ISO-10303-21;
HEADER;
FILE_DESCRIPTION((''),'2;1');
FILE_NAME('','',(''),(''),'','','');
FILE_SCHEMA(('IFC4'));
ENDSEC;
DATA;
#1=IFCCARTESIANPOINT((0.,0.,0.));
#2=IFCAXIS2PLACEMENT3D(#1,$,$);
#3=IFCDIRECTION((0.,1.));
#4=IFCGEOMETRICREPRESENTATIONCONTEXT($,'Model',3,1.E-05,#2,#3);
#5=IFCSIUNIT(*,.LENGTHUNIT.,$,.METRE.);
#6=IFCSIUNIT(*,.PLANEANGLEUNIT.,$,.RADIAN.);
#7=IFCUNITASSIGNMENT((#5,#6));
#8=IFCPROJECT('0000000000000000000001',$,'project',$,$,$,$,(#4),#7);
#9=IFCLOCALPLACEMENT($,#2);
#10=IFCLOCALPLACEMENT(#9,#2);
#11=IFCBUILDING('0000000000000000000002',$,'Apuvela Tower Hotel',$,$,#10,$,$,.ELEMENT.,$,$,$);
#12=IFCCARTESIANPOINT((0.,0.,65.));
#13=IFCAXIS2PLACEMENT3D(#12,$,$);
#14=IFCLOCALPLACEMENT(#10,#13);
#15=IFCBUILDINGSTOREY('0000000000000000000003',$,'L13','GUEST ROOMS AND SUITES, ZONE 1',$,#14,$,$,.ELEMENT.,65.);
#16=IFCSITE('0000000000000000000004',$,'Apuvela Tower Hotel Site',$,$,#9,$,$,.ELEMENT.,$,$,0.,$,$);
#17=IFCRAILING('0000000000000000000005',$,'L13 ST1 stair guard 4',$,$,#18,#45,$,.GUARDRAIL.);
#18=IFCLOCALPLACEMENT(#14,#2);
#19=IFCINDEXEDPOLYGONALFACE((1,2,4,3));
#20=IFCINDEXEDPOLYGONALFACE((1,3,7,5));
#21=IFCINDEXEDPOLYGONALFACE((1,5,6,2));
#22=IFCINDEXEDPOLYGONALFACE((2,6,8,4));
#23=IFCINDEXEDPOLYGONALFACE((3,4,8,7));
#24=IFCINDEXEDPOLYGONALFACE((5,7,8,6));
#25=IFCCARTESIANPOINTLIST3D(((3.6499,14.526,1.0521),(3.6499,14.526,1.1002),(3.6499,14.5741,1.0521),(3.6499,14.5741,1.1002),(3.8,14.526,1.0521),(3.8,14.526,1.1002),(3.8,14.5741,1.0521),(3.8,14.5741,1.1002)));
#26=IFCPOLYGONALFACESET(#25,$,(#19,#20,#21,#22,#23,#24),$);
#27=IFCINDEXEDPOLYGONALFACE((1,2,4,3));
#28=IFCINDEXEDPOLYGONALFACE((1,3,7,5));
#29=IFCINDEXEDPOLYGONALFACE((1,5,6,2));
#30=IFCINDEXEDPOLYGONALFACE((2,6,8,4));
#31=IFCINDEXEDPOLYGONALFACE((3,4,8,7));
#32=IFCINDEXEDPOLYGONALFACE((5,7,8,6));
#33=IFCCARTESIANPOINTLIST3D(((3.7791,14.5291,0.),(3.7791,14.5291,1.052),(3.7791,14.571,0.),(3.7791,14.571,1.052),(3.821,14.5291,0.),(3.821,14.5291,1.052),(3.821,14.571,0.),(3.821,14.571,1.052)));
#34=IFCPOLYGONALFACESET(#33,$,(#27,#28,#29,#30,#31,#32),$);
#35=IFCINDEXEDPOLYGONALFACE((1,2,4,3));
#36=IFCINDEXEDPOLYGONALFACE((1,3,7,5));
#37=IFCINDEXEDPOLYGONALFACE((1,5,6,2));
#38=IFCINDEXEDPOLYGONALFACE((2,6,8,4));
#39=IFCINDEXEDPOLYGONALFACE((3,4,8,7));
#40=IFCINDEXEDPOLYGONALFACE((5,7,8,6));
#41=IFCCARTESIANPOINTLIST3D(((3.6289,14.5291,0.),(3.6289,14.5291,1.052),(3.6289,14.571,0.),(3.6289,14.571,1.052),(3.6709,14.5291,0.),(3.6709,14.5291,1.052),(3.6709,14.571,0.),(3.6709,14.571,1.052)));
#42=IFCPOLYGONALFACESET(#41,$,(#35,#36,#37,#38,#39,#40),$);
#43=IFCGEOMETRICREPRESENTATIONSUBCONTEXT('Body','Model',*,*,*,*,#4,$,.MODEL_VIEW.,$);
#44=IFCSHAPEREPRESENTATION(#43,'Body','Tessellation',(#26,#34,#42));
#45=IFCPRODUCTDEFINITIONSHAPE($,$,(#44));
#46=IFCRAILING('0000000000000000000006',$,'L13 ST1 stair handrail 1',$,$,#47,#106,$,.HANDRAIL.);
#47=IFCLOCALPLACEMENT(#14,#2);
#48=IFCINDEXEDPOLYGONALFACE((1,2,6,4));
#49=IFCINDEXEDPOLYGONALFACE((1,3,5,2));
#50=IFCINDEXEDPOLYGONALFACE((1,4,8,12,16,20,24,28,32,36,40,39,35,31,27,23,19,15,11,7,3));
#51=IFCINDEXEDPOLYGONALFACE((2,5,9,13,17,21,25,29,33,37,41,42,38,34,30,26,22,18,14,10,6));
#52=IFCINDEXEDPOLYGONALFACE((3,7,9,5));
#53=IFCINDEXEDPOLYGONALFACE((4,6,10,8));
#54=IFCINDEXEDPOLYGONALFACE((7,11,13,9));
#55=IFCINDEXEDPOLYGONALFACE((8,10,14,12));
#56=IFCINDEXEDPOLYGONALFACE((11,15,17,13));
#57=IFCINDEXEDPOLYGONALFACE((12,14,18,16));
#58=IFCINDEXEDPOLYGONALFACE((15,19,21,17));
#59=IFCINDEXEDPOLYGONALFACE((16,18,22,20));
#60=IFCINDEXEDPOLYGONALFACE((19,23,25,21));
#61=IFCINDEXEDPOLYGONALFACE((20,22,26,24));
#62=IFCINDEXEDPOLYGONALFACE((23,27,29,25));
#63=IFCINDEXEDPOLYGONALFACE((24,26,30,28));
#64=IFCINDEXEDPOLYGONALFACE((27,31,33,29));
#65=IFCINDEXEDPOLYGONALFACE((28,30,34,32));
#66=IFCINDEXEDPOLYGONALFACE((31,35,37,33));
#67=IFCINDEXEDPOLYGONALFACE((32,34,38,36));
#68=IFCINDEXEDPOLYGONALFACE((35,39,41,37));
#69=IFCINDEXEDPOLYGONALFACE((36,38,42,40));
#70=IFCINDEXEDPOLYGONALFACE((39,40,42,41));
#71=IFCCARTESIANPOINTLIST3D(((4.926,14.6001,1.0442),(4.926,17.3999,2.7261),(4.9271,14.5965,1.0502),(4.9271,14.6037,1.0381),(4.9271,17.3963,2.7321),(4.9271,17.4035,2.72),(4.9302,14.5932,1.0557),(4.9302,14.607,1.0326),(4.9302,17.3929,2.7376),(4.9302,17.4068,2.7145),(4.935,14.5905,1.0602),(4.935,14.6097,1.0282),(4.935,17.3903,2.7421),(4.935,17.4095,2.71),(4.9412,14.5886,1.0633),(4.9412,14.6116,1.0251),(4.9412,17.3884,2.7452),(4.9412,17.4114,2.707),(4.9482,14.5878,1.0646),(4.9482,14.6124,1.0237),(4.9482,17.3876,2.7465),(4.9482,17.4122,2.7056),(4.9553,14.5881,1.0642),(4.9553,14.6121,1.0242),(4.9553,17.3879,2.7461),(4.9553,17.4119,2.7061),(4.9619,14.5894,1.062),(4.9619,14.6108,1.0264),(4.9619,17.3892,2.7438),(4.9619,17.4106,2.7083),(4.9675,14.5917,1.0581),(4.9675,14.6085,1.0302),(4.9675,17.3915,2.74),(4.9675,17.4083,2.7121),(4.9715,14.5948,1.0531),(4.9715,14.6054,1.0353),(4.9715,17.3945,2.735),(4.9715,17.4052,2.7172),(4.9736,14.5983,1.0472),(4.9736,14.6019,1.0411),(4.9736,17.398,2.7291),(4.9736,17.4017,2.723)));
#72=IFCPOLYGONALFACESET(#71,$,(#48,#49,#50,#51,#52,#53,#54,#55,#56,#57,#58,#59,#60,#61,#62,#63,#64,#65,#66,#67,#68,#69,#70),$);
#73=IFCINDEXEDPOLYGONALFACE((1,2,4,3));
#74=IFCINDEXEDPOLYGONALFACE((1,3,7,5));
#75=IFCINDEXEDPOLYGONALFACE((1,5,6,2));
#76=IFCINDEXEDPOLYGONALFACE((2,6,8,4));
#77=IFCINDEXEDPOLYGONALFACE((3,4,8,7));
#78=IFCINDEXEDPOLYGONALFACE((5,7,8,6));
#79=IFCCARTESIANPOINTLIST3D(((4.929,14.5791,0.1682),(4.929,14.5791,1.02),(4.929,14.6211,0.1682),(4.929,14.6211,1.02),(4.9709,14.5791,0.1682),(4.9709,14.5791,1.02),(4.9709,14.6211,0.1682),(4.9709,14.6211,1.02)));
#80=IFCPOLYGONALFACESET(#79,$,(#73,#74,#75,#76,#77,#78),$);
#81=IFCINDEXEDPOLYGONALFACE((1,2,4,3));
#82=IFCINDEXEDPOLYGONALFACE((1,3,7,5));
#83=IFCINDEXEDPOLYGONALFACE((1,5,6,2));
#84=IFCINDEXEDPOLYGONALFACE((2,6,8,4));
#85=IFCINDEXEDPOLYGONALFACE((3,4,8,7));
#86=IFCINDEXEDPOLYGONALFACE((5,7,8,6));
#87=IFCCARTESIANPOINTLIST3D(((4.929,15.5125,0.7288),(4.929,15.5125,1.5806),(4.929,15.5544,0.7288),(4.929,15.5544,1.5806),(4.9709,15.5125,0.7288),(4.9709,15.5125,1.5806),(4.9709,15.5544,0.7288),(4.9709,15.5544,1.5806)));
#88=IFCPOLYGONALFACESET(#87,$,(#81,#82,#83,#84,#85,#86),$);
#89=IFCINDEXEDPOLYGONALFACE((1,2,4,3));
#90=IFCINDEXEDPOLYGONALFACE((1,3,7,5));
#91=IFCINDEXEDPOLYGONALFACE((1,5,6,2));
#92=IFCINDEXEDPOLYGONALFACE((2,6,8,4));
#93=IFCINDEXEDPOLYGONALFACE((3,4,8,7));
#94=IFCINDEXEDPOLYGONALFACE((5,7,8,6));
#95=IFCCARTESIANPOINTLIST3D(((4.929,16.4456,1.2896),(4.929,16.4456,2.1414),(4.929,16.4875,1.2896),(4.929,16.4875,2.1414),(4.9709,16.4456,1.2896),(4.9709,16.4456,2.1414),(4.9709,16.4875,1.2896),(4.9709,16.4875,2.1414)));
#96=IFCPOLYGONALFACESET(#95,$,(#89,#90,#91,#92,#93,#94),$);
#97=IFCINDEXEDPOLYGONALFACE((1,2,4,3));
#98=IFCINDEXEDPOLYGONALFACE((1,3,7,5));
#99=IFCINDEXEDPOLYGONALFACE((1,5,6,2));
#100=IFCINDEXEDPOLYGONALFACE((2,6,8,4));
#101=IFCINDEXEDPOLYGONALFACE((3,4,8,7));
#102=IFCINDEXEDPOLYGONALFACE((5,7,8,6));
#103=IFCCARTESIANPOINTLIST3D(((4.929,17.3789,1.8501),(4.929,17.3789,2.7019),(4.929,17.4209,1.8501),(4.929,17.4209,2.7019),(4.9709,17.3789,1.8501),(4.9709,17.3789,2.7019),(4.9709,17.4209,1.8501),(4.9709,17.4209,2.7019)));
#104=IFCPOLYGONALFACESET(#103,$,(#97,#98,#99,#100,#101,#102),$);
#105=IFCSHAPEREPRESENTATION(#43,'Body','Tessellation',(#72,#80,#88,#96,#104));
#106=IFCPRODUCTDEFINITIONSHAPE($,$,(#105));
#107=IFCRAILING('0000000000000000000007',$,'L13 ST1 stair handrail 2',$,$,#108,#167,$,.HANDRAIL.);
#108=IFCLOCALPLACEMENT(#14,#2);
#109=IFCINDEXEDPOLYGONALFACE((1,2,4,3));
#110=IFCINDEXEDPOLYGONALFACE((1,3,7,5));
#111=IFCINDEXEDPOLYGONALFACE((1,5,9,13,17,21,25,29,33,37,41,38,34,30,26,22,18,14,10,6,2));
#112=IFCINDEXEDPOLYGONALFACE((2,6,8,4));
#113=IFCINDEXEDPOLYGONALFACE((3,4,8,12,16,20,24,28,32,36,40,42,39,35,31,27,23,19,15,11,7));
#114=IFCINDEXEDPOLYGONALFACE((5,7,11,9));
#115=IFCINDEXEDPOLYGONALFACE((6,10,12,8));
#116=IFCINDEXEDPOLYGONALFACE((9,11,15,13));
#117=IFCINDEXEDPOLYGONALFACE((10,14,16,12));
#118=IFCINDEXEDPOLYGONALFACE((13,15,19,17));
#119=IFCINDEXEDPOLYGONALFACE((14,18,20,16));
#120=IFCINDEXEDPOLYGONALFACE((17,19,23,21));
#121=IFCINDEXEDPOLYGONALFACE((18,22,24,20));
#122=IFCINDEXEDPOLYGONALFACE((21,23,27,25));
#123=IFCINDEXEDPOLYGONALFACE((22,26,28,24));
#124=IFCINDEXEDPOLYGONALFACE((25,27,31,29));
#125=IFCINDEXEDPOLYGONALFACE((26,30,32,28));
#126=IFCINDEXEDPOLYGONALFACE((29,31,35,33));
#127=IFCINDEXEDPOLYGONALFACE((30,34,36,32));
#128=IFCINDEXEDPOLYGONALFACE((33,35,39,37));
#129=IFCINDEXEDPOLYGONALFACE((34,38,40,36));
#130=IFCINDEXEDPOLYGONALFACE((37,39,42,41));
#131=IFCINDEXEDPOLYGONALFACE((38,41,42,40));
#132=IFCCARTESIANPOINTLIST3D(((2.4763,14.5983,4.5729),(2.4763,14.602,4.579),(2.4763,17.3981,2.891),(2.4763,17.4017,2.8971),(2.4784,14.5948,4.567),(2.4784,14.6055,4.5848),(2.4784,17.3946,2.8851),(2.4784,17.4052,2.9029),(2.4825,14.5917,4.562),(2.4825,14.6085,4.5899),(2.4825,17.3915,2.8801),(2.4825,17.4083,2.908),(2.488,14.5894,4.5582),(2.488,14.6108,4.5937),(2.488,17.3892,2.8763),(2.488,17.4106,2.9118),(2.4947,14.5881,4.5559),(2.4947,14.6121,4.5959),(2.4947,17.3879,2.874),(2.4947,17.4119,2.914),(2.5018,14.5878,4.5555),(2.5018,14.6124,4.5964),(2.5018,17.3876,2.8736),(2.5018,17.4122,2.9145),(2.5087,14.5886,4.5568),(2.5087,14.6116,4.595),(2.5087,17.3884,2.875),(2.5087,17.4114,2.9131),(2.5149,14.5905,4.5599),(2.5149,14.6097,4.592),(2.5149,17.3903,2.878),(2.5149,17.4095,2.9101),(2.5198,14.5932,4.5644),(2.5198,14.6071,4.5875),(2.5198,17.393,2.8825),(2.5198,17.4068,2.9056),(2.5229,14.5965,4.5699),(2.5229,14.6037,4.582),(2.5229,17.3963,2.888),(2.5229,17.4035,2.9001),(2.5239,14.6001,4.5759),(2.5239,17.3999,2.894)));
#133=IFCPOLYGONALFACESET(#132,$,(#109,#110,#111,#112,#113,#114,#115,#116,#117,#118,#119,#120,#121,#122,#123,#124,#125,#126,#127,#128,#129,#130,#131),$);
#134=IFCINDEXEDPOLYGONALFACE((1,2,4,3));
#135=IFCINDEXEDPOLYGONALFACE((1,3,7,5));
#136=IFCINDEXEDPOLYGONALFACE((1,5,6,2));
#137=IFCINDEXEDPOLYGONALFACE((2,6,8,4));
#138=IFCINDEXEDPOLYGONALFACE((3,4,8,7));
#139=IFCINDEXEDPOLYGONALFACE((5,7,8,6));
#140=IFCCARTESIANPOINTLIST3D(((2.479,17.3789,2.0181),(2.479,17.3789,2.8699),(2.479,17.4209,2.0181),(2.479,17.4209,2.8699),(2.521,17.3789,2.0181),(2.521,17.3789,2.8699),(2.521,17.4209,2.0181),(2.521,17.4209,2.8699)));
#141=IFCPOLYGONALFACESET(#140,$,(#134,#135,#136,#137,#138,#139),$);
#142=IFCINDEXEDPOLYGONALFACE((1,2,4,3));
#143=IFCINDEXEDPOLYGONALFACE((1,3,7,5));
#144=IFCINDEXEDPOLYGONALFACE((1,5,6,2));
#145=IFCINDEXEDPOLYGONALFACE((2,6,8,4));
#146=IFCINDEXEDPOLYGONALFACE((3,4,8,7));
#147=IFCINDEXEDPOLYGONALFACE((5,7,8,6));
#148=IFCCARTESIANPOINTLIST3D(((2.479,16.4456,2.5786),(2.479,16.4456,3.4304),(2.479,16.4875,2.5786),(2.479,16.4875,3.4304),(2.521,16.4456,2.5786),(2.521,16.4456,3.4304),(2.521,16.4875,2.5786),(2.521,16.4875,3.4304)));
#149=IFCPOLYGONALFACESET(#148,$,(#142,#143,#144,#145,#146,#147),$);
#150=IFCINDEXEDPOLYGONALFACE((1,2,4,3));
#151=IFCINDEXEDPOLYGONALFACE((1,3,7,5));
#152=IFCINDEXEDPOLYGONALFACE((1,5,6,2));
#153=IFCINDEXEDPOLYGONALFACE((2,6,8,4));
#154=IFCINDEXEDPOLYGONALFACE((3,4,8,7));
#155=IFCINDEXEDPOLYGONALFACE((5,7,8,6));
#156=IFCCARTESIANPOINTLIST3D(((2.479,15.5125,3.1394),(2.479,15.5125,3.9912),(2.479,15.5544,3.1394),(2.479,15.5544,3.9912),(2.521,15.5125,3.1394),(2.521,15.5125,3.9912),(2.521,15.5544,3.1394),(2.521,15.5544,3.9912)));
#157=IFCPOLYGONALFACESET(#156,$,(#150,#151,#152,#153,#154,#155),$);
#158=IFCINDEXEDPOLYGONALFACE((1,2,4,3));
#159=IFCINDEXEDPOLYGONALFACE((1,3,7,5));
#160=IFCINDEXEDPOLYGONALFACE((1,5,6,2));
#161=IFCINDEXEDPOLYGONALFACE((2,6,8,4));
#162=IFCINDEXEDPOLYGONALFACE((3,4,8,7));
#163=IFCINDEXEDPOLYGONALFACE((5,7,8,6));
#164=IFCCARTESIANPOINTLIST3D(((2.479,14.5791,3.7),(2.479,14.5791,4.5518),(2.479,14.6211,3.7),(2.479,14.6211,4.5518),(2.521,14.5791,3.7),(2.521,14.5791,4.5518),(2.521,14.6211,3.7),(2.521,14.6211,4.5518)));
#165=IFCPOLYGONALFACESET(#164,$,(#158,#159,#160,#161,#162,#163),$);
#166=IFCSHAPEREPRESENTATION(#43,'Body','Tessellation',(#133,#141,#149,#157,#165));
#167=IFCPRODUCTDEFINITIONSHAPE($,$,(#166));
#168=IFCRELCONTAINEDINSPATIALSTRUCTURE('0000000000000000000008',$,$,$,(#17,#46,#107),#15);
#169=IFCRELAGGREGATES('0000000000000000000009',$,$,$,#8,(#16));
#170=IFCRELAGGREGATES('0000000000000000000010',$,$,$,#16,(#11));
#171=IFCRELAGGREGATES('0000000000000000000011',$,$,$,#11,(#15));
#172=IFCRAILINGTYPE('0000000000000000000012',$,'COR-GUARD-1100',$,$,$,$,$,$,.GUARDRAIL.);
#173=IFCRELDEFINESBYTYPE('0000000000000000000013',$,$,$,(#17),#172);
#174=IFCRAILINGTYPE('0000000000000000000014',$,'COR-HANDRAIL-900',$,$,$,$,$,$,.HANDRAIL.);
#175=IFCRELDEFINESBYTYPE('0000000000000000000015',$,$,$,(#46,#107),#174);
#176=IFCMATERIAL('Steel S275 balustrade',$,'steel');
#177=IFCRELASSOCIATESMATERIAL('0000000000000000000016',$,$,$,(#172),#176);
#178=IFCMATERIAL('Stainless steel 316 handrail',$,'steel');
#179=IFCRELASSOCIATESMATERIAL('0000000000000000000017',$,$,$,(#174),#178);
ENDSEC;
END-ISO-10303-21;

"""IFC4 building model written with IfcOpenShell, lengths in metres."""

from ifc_helpers import new_model, si_unit, direction, frame, origin, origin_2d, place, context, subcontext, project, spatial, rectangle, circle, extrude, material, type_object, element, save


model = new_model("IFC4")

# Units and contexts
model_context = context("Model", 3, precision=1e-05, world=origin(), true_north=direction((0.0, 1.0)))
body_context = subcontext(model_context, "Body", "Model", "MODEL_VIEW")
ifc_project = project(units=[si_unit("LENGTHUNIT", "METRE"), si_unit("PLANEANGLEUNIT", "RADIAN")], contexts=[model_context])

# Site, building, storey
site_placement = place(None, origin())
site = spatial("IfcSite", under=ifc_project, at=site_placement, Name="Apuvela Tower Hotel Site", CompositionType="ELEMENT", RefElevation=0.0)
building_placement = place(site_placement, origin())
building = spatial("IfcBuilding", under=site, at=building_placement, Name="Apuvela Tower Hotel", CompositionType="ELEMENT")
storey_placement = place(building_placement, frame((0.0, 0.0, 65.0)))
storey = spatial("IfcBuildingStorey", under=building, at=storey_placement, Name="L13", Description="GUEST ROOMS AND SUITES, ZONE 1", CompositionType="ELEMENT", Elevation=65.0)

# Railings
ifc_material_1 = material(Name="Steel S275 balustrade", Category="steel")
railing_type_1 = type_object("IfcRailingType", Name="COR-GUARD-1100", PredefinedType="GUARDRAIL", material=ifc_material_1)
railing_1_placement = place(storey_placement, frame((3.8, 14.55, 0.0)))
element("IfcRailing", 1, at=railing_1_placement, inside=storey, type_object=railing_type_1, Name="L13 ST1 stair guard 4", PredefinedType="GUARDRAIL", context=body_context, shape_type="SweptSolid", body=[
    extrude(rectangle(XDim=0.0481, YDim=0.0481, at=origin_2d()), frame((0.0, 0.0, 1.0762), z_axis=(-1.0, 0.0, 0.0), x_axis=(0.0, -1.0, 0.0)), (0.0, 0.0, 1.0), 0.1501),
    extrude(rectangle(XDim=0.042, YDim=0.042, at=origin_2d()), origin(), (0.0, 0.0, 1.0), 1.052),
    extrude(rectangle(XDim=0.042, YDim=0.042, at=origin_2d()), frame((-0.1501, 0.0, 0.0)), (0.0, 0.0, 1.0), 1.052),
])
ifc_material_2 = material(Name="Stainless steel 316 handrail", Category="steel")
railing_type_2 = type_object("IfcRailingType", Name="COR-HANDRAIL-900", PredefinedType="HANDRAIL", material=ifc_material_2)
railing_2_placement = place(storey_placement, frame((4.95, 14.6001, 0.1682)))
element("IfcRailing", 2, at=railing_2_placement, inside=storey, type_object=railing_type_2, Name="L13 ST1 stair handrail 1", PredefinedType="HANDRAIL", context=body_context, shape_type="SweptSolid", body=[
    extrude(circle(Radius=0.0239, at=origin_2d()), frame((0.0, 0.0, 0.876), z_axis=(0.0, 0.857222, 0.514946), x_axis=(-1.0, 0.0, 0.0)), (0.0, 0.0, 1.0), 3.2661),
    extrude(rectangle(XDim=0.042, YDim=0.042, at=origin_2d()), origin(), (0.0, 0.0, 1.0), 0.8518),
    extrude(rectangle(XDim=0.042, YDim=0.042, at=origin_2d()), frame((0.0, 0.9333, 0.5605)), (0.0, 0.0, 1.0), 0.8518),
    extrude(rectangle(XDim=0.042, YDim=0.042, at=origin_2d()), frame((0.0, 1.8665, 1.1213)), (0.0, 0.0, 1.0), 0.8518),
    extrude(rectangle(XDim=0.042, YDim=0.042, at=origin_2d()), frame((0.0, 2.7998, 1.6819)), (0.0, 0.0, 1.0), 0.8518),
])
railing_3_placement = place(storey_placement, frame((2.5, 17.3999, 2.0181)))
element("IfcRailing", 3, at=railing_3_placement, inside=storey, type_object=railing_type_2, Name="L13 ST1 stair handrail 2", PredefinedType="HANDRAIL", context=body_context, shape_type="SweptSolid", body=[
    extrude(circle(Radius=0.0239, at=origin_2d()), frame((0.0, 0.0, 0.876), z_axis=(0.0, -0.857222, 0.514946), x_axis=(1.0, 0.0, 0.0)), (0.0, 0.0, 1.0), 3.2661),
    extrude(rectangle(XDim=0.042, YDim=0.042, at=origin_2d()), origin(), (0.0, 0.0, 1.0), 0.8518),
    extrude(rectangle(XDim=0.042, YDim=0.042, at=origin_2d()), frame((0.0, -0.9333, 0.5605)), (0.0, 0.0, 1.0), 0.8518),
    extrude(rectangle(XDim=0.042, YDim=0.042, at=origin_2d()), frame((0.0, -1.8665, 1.1213)), (0.0, 0.0, 1.0), 0.8518),
    extrude(rectangle(XDim=0.042, YDim=0.042, at=origin_2d()), frame((0.0, -2.7998, 1.6819)), (0.0, 0.0, 1.0), 0.8518),
])

save(model, "model.ifc")
